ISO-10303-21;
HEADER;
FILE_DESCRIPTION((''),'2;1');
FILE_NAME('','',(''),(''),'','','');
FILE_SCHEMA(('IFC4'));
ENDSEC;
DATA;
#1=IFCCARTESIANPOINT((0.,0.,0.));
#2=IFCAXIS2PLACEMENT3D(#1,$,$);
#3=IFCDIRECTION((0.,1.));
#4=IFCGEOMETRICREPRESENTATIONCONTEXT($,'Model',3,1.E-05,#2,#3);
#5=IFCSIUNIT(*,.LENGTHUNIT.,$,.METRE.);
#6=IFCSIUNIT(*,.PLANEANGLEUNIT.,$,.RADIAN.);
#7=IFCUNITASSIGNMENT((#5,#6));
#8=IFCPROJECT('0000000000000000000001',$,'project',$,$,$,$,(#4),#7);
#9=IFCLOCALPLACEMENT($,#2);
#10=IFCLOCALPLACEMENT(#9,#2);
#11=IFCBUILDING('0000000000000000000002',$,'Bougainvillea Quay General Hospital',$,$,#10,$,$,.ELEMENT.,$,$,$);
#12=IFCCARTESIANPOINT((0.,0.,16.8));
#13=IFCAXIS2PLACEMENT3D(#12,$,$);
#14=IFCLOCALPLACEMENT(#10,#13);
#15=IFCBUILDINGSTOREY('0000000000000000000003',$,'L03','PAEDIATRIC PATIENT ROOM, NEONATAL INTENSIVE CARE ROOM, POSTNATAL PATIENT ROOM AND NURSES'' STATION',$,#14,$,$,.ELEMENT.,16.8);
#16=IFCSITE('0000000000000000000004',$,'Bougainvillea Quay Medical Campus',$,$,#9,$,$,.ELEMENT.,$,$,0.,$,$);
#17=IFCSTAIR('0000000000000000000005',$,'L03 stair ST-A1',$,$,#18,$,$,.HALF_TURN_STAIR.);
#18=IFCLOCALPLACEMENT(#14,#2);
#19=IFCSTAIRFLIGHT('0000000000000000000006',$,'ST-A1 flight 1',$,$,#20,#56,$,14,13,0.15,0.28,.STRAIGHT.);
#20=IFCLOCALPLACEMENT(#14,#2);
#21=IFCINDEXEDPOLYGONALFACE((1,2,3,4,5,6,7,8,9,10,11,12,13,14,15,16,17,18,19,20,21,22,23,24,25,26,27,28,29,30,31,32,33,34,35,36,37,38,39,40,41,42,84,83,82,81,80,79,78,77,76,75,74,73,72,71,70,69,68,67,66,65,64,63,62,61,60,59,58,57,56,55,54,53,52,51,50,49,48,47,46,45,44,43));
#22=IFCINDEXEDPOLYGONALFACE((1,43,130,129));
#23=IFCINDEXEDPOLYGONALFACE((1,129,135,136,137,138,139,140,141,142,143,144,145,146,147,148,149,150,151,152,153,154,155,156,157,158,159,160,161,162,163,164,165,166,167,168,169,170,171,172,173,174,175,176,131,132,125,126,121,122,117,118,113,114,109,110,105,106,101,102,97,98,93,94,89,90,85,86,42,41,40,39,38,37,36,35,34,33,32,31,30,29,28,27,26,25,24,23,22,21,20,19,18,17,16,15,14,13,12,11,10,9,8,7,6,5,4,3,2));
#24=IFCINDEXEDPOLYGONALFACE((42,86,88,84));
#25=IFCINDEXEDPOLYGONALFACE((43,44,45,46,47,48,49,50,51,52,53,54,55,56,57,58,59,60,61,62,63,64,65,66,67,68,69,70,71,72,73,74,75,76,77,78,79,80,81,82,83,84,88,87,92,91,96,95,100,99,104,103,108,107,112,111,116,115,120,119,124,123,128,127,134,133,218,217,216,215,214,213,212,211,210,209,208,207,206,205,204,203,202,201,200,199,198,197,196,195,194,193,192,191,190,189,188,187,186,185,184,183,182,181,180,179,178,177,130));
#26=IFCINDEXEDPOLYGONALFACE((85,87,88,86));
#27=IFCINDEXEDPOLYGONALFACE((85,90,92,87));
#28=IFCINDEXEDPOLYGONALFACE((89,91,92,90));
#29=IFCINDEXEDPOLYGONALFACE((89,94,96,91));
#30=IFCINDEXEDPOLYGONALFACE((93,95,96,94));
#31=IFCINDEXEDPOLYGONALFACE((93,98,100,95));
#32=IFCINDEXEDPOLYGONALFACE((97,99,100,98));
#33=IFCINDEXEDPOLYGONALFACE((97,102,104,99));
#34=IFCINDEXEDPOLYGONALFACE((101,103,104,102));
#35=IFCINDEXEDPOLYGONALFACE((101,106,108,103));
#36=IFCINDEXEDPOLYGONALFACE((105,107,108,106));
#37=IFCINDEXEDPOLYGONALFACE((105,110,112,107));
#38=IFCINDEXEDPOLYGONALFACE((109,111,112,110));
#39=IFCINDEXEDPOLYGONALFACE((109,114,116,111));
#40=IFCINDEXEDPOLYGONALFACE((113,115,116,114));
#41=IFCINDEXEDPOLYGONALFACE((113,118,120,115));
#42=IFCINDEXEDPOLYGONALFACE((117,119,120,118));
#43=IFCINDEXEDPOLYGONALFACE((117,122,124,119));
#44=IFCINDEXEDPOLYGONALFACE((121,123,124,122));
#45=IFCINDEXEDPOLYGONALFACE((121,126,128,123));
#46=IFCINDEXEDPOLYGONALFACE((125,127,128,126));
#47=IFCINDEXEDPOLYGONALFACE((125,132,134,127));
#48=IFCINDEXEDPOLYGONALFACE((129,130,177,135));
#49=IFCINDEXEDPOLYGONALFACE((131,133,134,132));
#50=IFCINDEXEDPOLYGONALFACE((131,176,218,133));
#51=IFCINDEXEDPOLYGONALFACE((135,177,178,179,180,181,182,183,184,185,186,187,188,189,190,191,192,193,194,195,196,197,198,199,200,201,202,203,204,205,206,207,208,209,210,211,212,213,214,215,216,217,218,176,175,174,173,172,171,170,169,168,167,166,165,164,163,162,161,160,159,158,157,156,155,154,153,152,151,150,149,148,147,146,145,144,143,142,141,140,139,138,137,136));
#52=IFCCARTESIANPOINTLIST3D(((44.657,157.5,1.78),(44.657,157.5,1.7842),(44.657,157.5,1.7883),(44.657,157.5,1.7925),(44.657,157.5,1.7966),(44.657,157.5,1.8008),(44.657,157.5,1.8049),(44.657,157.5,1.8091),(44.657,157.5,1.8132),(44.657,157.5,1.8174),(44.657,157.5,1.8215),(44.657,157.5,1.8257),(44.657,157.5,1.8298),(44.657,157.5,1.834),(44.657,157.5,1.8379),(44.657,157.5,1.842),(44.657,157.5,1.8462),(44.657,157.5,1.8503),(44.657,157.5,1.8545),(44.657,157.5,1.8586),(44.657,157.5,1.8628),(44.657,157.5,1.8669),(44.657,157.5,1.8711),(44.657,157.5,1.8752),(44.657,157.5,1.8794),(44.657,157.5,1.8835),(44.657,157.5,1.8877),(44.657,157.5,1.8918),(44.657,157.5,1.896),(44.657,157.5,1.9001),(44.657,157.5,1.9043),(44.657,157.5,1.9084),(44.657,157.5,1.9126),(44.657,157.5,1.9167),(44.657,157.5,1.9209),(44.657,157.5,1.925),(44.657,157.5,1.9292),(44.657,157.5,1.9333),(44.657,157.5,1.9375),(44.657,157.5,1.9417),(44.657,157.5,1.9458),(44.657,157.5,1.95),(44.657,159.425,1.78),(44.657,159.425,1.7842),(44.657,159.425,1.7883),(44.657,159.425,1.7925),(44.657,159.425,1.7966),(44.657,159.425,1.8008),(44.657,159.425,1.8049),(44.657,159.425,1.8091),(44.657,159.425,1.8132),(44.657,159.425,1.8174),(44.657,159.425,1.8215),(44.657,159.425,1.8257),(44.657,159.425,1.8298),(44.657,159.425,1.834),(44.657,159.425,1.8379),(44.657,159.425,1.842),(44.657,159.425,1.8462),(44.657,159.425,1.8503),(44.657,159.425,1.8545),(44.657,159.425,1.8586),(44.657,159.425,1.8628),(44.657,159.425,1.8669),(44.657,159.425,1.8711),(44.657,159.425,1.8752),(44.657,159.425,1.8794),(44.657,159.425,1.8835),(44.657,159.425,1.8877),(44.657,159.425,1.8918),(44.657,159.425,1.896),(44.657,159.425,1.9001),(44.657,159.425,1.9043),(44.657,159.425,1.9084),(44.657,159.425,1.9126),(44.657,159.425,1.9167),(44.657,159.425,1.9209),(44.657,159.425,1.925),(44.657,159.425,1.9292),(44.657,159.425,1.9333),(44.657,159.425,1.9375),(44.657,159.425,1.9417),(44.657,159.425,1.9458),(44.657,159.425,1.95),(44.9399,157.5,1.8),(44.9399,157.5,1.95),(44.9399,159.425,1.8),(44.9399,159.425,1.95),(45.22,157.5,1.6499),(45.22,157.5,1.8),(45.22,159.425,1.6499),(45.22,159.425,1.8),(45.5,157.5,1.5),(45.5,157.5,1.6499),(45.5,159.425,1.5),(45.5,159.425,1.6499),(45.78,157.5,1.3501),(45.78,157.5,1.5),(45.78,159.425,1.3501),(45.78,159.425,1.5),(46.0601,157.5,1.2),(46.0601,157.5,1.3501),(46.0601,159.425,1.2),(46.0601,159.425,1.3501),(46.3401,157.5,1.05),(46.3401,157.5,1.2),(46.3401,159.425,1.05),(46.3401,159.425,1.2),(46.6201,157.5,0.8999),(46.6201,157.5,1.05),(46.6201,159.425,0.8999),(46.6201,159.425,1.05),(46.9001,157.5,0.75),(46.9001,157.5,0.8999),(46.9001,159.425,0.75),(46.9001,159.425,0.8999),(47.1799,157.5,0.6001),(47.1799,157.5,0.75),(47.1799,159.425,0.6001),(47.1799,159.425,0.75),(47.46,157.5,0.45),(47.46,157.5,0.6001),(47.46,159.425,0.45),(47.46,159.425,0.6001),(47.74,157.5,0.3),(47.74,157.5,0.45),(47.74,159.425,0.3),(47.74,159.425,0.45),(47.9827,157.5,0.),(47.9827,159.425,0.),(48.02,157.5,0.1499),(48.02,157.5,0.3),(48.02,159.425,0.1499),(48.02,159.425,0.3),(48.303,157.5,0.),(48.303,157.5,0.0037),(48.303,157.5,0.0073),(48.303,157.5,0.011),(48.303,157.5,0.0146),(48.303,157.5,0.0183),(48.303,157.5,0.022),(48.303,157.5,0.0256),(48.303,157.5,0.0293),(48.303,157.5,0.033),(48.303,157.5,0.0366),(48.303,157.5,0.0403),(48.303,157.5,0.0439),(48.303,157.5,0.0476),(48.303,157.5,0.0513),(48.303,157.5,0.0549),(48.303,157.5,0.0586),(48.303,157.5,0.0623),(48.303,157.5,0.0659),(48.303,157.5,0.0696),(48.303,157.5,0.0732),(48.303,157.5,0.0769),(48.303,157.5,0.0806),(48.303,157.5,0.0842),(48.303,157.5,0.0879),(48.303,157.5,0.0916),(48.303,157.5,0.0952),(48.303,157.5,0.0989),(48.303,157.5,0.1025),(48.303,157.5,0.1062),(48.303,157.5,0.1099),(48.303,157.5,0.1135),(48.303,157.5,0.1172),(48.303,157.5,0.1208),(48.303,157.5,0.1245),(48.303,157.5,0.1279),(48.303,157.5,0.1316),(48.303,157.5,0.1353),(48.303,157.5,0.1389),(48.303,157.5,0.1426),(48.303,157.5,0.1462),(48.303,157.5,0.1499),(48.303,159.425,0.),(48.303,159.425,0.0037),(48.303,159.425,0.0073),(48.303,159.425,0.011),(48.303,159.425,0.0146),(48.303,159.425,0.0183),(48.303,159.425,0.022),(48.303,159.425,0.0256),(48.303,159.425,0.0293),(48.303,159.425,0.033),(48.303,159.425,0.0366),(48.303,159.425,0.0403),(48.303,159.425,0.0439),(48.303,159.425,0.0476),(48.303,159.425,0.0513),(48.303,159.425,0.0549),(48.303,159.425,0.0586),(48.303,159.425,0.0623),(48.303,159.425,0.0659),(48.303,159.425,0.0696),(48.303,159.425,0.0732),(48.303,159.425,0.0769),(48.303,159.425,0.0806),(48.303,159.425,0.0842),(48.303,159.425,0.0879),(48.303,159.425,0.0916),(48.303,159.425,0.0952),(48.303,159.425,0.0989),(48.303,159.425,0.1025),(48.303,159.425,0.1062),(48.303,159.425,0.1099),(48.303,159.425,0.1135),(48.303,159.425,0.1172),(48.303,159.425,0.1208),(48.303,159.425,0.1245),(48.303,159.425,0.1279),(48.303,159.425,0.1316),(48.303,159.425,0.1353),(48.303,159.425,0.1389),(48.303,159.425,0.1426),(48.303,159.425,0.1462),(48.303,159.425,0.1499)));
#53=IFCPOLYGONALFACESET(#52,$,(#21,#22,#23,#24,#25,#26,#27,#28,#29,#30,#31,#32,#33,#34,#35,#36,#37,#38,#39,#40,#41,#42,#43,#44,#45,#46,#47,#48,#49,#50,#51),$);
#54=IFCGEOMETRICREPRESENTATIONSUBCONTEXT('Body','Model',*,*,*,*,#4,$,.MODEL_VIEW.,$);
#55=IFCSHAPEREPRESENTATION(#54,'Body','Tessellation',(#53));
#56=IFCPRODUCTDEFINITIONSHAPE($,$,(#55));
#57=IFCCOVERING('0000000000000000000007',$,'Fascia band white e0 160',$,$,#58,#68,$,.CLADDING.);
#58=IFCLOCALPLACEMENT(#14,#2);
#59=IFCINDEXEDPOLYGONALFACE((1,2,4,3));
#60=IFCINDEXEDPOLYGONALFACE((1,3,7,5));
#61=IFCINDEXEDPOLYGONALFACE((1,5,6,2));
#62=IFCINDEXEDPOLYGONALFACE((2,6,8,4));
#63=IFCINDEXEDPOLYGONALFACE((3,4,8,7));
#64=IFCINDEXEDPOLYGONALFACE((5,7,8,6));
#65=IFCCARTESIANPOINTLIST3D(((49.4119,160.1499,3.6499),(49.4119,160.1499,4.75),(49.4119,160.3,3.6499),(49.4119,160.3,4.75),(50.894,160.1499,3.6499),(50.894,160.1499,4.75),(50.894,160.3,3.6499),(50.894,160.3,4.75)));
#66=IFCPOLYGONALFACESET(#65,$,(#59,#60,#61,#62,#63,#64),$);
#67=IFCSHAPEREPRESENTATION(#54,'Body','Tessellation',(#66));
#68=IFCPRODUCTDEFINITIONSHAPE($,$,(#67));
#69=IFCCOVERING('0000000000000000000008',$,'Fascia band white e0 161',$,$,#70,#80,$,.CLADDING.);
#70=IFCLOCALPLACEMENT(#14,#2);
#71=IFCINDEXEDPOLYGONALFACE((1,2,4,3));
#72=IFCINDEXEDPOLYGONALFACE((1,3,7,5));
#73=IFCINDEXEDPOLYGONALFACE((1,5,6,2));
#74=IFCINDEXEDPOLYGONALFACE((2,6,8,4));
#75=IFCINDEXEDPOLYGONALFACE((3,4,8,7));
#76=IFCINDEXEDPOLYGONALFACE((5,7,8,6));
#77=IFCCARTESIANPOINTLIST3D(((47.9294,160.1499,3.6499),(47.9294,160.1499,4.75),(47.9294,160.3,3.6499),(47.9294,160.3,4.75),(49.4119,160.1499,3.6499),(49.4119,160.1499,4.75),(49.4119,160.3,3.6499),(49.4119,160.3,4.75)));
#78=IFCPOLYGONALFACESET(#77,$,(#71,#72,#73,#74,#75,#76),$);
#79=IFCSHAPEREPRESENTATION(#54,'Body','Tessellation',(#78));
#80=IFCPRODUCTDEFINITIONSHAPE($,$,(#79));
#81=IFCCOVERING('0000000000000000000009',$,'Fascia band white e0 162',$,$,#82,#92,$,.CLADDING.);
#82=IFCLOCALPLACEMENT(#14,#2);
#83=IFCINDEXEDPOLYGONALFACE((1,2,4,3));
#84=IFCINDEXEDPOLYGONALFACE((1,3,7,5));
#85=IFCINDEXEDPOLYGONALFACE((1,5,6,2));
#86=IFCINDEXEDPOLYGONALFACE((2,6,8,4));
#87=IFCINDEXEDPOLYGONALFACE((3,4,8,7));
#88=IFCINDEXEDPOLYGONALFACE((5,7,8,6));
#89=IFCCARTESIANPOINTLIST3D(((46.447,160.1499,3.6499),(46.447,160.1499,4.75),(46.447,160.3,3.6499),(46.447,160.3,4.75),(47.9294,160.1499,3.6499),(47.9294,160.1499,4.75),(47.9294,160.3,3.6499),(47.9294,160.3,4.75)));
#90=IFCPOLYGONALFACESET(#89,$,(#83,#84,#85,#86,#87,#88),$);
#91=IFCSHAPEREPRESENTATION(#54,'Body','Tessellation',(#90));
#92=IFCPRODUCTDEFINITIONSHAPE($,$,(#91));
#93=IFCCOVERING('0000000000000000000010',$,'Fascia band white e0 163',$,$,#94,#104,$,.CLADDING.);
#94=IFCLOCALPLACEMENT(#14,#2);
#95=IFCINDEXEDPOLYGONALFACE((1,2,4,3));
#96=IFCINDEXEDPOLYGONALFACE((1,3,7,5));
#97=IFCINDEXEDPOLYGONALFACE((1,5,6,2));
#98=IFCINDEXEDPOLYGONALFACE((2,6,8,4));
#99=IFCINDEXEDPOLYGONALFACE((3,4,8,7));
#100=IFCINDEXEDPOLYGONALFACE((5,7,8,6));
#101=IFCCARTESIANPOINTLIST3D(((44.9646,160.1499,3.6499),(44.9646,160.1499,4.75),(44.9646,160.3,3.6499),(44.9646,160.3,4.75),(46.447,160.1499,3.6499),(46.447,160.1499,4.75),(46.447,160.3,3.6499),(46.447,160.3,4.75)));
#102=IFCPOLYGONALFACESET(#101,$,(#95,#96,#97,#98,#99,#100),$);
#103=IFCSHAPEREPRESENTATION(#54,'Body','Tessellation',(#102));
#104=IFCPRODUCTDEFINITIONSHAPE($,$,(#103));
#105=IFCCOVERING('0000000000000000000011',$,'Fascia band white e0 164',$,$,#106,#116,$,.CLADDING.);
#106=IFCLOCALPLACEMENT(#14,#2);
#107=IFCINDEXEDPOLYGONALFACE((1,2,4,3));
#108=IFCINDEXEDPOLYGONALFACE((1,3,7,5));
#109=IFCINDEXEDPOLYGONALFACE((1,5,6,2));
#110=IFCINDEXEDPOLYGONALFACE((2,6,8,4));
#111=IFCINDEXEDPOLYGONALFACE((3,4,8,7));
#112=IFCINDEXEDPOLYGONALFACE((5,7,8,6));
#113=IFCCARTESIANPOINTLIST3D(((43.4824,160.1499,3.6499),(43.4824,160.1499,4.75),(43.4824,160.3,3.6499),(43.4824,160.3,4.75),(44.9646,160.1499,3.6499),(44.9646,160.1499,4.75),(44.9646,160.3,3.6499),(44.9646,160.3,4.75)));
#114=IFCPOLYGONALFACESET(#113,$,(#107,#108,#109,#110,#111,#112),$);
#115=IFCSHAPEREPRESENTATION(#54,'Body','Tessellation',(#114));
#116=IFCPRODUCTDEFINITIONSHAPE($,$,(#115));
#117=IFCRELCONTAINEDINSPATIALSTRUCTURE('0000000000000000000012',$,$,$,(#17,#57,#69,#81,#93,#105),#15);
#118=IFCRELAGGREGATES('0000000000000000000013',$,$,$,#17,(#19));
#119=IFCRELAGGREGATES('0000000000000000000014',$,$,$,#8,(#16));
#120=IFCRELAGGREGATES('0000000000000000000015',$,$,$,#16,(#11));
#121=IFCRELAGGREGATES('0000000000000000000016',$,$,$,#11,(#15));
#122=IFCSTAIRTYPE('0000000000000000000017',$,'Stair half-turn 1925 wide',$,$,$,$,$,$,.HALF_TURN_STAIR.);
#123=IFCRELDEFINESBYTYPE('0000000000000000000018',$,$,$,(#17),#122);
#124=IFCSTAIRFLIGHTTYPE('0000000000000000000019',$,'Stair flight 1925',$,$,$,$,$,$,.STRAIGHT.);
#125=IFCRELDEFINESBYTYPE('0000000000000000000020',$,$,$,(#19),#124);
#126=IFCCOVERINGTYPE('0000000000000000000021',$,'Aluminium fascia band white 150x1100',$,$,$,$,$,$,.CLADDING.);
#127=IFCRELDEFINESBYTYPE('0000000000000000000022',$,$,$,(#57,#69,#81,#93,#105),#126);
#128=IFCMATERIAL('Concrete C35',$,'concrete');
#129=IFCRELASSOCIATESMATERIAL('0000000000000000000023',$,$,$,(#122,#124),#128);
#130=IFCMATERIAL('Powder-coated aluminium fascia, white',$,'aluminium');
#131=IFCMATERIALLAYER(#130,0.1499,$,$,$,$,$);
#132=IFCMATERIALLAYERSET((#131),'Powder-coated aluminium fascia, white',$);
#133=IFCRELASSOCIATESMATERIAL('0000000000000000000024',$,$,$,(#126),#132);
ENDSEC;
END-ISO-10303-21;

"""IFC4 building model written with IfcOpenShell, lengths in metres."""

from ifc_helpers import new_model, si_unit, direction, frame, origin, place, context, subcontext, project, spatial, polyline, outline, extrude, material, layer, layer_set, type_object, element, aggregate, save


model = new_model("IFC4")

# Units and contexts
model_context = context("Model", 3, precision=1e-05, world=origin(), true_north=direction((0.0, 1.0)))
body_context = subcontext(model_context, "Body", "Model", "MODEL_VIEW")
ifc_project = project(units=[si_unit("LENGTHUNIT", "METRE"), si_unit("PLANEANGLEUNIT", "RADIAN")], contexts=[model_context])

# Site, building, storey
site_placement = place(None, origin())
site = spatial("IfcSite", under=ifc_project, at=site_placement, Name="Bougainvillea Quay Medical Campus", CompositionType="ELEMENT", RefElevation=0.0)
building_placement = place(site_placement, origin())
building = spatial("IfcBuilding", under=site, at=building_placement, Name="Bougainvillea Quay General Hospital", CompositionType="ELEMENT")
storey_placement = place(building_placement, frame((0.0, 0.0, 16.8)))
storey = spatial("IfcBuildingStorey", under=building, at=storey_placement, Name="L03", Description="PAEDIATRIC PATIENT ROOM, NEONATAL INTENSIVE CARE ROOM, POSTNATAL PATIENT ROOM AND NURSES' STATION", CompositionType="ELEMENT", Elevation=16.8)

# Stair, stair flight
ifc_material_1 = material(Name="Concrete C35", Category="concrete")
stair_type = type_object("IfcStairType", Name="Stair half-turn 1925 wide", PredefinedType="HALF_TURN_STAIR", material=ifc_material_1)
stair_placement = place(storey_placement, origin())
stair = element("IfcStair", 1, at=stair_placement, inside=storey, type_object=stair_type, Name="L03 stair ST-A1", PredefinedType="HALF_TURN_STAIR")
stair_flight_type = type_object("IfcStairFlightType", Name="Stair flight 1925", PredefinedType="STRAIGHT", material=ifc_material_1)
stair_flight_1_placement = place(storey_placement, frame((48.3, 158.4624, 0.0), z_axis=(0.0, 0.0, 1.0), x_axis=(-1.0, 0.0, 0.0)))
stair_flight_1 = element("IfcStairFlight", 2, at=stair_flight_1_placement, type_object=stair_flight_type, Name="ST-A1 flight 1", NumberOfRisers=14, NumberOfTreads=13, PredefinedType="STRAIGHT", RiserHeight=0.15, TreadLength=0.28, context=body_context, shape_type="SweptSolid", body=[
    extrude(outline(polyline([(-0.0029, 0.0), (-0.0029, 0.0037), (-0.0029, 0.0073), (-0.0029, 0.011), (-0.0029, 0.0146), (-0.0029, 0.0183), (-0.0029, 0.022), (-0.0029, 0.0256), (-0.0029, 0.0293), (-0.0029, 0.033), (-0.0029, 0.0366), (-0.0029, 0.0403), (-0.0029, 0.0439), (-0.0029, 0.0476), (-0.0029, 0.0513), (-0.0029, 0.0549), (-0.0029, 0.0586), (-0.0029, 0.0623), (-0.0029, 0.0659), (-0.0029, 0.0696), (-0.0029, 0.0732), (-0.0029, 0.0769), (-0.0029, 0.0806), (-0.0029, 0.0842), (-0.0029, 0.0879), (-0.0029, 0.0916), (-0.0029, 0.0952), (-0.0029, 0.0989), (-0.0029, 0.1025), (-0.0029, 0.1062), (-0.0029, 0.1099), (-0.0029, 0.1135), (-0.0029, 0.1172), (-0.0029, 0.1208), (-0.0029, 0.1245), (-0.0029, 0.1279), (-0.0029, 0.1316), (-0.0029, 0.1353), (-0.0029, 0.1389), (-0.0029, 0.1426), (-0.0029, 0.1462), (-0.0029, 0.1499), (0.28, 0.1499), (0.28, 0.3), (0.5601, 0.3), (0.5601, 0.45), (0.8401, 0.45), (0.8401, 0.6001), (1.1201, 0.6001), (1.1201, 0.75), (1.3999, 0.75), (1.3999, 0.8999), (1.6799, 0.8999), (1.6799, 1.05), (1.96, 1.05), (1.96, 1.2), (2.24, 1.2), (2.24, 1.3501), (2.52, 1.3501), (2.52, 1.5), (2.8, 1.5), (2.8, 1.6499), (3.0801, 1.6499), (3.0801, 1.8), (3.3601, 1.8), (3.3601, 1.95), (3.6431, 1.95), (3.6431, 1.9458), (3.6431, 1.9417), (3.6431, 1.9375), (3.6431, 1.9333), (3.6431, 1.9292), (3.6431, 1.925), (3.6431, 1.9209), (3.6431, 1.9167), (3.6431, 1.9126), (3.6431, 1.9084), (3.6431, 1.9043), (3.6431, 1.9001), (3.6431, 1.896), (3.6431, 1.8918), (3.6431, 1.8877), (3.6431, 1.8835), (3.6431, 1.8794), (3.6431, 1.8752), (3.6431, 1.8711), (3.6431, 1.8669), (3.6431, 1.8628), (3.6431, 1.8586), (3.6431, 1.8545), (3.6431, 1.8503), (3.6431, 1.8462), (3.6431, 1.842), (3.6431, 1.8379), (3.6431, 1.834), (3.6431, 1.8298), (3.6431, 1.8257), (3.6431, 1.8215), (3.6431, 1.8174), (3.6431, 1.8132), (3.6431, 1.8091), (3.6431, 1.8049), (3.6431, 1.8008), (3.6431, 1.7966), (3.6431, 1.7925), (3.6431, 1.7883), (3.6431, 1.7842), (3.6431, 1.78), (0.3174, 0.0), (-0.0029, 0.0)])), frame((0.0, 0.9624, 0.0), z_axis=(0.0, -1.0, 0.0), x_axis=(1.0, 0.0, 0.0)), (0.0, 0.0, 1.0), 1.925),
])
aggregate(stair, [stair_flight_1])

# Coverings
ifc_material_2 = material(Name="Powder-coated aluminium fascia, white", Category="aluminium")
ifc_layer_1 = layer(ifc_material_2, 0.1499)
ifc_layer_set_1 = layer_set([ifc_layer_1], Name="Powder-coated aluminium fascia, white")
covering_type = type_object("IfcCoveringType", Name="Aluminium fascia band white 150x1100", PredefinedType="CLADDING", material=ifc_layer_set_1)
covering_1_placement = place(storey_placement, frame((50.894, 160.1499, 3.6499), z_axis=(0.0, 0.0, 1.0), x_axis=(-1.0, 0.0, 0.0)))
element("IfcCovering", 3, at=covering_1_placement, inside=storey, type_object=covering_type, Name="Fascia band white e0 160", PredefinedType="CLADDING", context=body_context, shape_type="SweptSolid", body=[
    extrude(outline(polyline([(0.0, 0.0), (1.4822, 0.0), (1.4822, -0.1501), (0.0, -0.1501), (0.0, 0.0)])), origin(), (0.0, 0.0, 1.0), 1.1001),
])
for number, where, z_axis, x_axis, name in (
    (4, (49.4119, 160.1499, 3.6499), (0.0, 0.0, 1.0), (-1.0, 0.0, 0.0), "Fascia band white e0 161"),
    (5, (47.9294, 160.1499, 3.6499), (0.0, 0.0, 1.0), (-1.0, 0.0, 0.0), "Fascia band white e0 162"),
    (6, (46.447, 160.1499, 3.6499), (0.0, 0.0, 1.0), (-1.0, 0.0, 0.0), "Fascia band white e0 163"),
):
    element("IfcCovering", number, at=place(storey_placement, frame(where, z_axis=z_axis, x_axis=x_axis)), inside=storey, type_object=covering_type, Name=name, PredefinedType="CLADDING", context=body_context, shape_type="SweptSolid", body=[
        extrude(outline(polyline([(0.0, 0.0), (1.4824, 0.0), (1.4824, -0.1501), (0.0, -0.1501), (0.0, 0.0)])), origin(), (0.0, 0.0, 1.0), 1.1001),
    ])
covering_2_placement = place(storey_placement, frame((44.9646, 160.1499, 3.6499), z_axis=(0.0, 0.0, 1.0), x_axis=(-1.0, 0.0, 0.0)))
element("IfcCovering", 7, at=covering_2_placement, inside=storey, type_object=covering_type, Name="Fascia band white e0 164", PredefinedType="CLADDING", context=body_context, shape_type="SweptSolid", body=[
    extrude(outline(polyline([(0.0, 0.0), (1.4822, 0.0), (1.4822, -0.1501), (0.0, -0.1501), (0.0, 0.0)])), origin(), (0.0, 0.0, 1.0), 1.1001),
])

save(model, "model.ifc")
